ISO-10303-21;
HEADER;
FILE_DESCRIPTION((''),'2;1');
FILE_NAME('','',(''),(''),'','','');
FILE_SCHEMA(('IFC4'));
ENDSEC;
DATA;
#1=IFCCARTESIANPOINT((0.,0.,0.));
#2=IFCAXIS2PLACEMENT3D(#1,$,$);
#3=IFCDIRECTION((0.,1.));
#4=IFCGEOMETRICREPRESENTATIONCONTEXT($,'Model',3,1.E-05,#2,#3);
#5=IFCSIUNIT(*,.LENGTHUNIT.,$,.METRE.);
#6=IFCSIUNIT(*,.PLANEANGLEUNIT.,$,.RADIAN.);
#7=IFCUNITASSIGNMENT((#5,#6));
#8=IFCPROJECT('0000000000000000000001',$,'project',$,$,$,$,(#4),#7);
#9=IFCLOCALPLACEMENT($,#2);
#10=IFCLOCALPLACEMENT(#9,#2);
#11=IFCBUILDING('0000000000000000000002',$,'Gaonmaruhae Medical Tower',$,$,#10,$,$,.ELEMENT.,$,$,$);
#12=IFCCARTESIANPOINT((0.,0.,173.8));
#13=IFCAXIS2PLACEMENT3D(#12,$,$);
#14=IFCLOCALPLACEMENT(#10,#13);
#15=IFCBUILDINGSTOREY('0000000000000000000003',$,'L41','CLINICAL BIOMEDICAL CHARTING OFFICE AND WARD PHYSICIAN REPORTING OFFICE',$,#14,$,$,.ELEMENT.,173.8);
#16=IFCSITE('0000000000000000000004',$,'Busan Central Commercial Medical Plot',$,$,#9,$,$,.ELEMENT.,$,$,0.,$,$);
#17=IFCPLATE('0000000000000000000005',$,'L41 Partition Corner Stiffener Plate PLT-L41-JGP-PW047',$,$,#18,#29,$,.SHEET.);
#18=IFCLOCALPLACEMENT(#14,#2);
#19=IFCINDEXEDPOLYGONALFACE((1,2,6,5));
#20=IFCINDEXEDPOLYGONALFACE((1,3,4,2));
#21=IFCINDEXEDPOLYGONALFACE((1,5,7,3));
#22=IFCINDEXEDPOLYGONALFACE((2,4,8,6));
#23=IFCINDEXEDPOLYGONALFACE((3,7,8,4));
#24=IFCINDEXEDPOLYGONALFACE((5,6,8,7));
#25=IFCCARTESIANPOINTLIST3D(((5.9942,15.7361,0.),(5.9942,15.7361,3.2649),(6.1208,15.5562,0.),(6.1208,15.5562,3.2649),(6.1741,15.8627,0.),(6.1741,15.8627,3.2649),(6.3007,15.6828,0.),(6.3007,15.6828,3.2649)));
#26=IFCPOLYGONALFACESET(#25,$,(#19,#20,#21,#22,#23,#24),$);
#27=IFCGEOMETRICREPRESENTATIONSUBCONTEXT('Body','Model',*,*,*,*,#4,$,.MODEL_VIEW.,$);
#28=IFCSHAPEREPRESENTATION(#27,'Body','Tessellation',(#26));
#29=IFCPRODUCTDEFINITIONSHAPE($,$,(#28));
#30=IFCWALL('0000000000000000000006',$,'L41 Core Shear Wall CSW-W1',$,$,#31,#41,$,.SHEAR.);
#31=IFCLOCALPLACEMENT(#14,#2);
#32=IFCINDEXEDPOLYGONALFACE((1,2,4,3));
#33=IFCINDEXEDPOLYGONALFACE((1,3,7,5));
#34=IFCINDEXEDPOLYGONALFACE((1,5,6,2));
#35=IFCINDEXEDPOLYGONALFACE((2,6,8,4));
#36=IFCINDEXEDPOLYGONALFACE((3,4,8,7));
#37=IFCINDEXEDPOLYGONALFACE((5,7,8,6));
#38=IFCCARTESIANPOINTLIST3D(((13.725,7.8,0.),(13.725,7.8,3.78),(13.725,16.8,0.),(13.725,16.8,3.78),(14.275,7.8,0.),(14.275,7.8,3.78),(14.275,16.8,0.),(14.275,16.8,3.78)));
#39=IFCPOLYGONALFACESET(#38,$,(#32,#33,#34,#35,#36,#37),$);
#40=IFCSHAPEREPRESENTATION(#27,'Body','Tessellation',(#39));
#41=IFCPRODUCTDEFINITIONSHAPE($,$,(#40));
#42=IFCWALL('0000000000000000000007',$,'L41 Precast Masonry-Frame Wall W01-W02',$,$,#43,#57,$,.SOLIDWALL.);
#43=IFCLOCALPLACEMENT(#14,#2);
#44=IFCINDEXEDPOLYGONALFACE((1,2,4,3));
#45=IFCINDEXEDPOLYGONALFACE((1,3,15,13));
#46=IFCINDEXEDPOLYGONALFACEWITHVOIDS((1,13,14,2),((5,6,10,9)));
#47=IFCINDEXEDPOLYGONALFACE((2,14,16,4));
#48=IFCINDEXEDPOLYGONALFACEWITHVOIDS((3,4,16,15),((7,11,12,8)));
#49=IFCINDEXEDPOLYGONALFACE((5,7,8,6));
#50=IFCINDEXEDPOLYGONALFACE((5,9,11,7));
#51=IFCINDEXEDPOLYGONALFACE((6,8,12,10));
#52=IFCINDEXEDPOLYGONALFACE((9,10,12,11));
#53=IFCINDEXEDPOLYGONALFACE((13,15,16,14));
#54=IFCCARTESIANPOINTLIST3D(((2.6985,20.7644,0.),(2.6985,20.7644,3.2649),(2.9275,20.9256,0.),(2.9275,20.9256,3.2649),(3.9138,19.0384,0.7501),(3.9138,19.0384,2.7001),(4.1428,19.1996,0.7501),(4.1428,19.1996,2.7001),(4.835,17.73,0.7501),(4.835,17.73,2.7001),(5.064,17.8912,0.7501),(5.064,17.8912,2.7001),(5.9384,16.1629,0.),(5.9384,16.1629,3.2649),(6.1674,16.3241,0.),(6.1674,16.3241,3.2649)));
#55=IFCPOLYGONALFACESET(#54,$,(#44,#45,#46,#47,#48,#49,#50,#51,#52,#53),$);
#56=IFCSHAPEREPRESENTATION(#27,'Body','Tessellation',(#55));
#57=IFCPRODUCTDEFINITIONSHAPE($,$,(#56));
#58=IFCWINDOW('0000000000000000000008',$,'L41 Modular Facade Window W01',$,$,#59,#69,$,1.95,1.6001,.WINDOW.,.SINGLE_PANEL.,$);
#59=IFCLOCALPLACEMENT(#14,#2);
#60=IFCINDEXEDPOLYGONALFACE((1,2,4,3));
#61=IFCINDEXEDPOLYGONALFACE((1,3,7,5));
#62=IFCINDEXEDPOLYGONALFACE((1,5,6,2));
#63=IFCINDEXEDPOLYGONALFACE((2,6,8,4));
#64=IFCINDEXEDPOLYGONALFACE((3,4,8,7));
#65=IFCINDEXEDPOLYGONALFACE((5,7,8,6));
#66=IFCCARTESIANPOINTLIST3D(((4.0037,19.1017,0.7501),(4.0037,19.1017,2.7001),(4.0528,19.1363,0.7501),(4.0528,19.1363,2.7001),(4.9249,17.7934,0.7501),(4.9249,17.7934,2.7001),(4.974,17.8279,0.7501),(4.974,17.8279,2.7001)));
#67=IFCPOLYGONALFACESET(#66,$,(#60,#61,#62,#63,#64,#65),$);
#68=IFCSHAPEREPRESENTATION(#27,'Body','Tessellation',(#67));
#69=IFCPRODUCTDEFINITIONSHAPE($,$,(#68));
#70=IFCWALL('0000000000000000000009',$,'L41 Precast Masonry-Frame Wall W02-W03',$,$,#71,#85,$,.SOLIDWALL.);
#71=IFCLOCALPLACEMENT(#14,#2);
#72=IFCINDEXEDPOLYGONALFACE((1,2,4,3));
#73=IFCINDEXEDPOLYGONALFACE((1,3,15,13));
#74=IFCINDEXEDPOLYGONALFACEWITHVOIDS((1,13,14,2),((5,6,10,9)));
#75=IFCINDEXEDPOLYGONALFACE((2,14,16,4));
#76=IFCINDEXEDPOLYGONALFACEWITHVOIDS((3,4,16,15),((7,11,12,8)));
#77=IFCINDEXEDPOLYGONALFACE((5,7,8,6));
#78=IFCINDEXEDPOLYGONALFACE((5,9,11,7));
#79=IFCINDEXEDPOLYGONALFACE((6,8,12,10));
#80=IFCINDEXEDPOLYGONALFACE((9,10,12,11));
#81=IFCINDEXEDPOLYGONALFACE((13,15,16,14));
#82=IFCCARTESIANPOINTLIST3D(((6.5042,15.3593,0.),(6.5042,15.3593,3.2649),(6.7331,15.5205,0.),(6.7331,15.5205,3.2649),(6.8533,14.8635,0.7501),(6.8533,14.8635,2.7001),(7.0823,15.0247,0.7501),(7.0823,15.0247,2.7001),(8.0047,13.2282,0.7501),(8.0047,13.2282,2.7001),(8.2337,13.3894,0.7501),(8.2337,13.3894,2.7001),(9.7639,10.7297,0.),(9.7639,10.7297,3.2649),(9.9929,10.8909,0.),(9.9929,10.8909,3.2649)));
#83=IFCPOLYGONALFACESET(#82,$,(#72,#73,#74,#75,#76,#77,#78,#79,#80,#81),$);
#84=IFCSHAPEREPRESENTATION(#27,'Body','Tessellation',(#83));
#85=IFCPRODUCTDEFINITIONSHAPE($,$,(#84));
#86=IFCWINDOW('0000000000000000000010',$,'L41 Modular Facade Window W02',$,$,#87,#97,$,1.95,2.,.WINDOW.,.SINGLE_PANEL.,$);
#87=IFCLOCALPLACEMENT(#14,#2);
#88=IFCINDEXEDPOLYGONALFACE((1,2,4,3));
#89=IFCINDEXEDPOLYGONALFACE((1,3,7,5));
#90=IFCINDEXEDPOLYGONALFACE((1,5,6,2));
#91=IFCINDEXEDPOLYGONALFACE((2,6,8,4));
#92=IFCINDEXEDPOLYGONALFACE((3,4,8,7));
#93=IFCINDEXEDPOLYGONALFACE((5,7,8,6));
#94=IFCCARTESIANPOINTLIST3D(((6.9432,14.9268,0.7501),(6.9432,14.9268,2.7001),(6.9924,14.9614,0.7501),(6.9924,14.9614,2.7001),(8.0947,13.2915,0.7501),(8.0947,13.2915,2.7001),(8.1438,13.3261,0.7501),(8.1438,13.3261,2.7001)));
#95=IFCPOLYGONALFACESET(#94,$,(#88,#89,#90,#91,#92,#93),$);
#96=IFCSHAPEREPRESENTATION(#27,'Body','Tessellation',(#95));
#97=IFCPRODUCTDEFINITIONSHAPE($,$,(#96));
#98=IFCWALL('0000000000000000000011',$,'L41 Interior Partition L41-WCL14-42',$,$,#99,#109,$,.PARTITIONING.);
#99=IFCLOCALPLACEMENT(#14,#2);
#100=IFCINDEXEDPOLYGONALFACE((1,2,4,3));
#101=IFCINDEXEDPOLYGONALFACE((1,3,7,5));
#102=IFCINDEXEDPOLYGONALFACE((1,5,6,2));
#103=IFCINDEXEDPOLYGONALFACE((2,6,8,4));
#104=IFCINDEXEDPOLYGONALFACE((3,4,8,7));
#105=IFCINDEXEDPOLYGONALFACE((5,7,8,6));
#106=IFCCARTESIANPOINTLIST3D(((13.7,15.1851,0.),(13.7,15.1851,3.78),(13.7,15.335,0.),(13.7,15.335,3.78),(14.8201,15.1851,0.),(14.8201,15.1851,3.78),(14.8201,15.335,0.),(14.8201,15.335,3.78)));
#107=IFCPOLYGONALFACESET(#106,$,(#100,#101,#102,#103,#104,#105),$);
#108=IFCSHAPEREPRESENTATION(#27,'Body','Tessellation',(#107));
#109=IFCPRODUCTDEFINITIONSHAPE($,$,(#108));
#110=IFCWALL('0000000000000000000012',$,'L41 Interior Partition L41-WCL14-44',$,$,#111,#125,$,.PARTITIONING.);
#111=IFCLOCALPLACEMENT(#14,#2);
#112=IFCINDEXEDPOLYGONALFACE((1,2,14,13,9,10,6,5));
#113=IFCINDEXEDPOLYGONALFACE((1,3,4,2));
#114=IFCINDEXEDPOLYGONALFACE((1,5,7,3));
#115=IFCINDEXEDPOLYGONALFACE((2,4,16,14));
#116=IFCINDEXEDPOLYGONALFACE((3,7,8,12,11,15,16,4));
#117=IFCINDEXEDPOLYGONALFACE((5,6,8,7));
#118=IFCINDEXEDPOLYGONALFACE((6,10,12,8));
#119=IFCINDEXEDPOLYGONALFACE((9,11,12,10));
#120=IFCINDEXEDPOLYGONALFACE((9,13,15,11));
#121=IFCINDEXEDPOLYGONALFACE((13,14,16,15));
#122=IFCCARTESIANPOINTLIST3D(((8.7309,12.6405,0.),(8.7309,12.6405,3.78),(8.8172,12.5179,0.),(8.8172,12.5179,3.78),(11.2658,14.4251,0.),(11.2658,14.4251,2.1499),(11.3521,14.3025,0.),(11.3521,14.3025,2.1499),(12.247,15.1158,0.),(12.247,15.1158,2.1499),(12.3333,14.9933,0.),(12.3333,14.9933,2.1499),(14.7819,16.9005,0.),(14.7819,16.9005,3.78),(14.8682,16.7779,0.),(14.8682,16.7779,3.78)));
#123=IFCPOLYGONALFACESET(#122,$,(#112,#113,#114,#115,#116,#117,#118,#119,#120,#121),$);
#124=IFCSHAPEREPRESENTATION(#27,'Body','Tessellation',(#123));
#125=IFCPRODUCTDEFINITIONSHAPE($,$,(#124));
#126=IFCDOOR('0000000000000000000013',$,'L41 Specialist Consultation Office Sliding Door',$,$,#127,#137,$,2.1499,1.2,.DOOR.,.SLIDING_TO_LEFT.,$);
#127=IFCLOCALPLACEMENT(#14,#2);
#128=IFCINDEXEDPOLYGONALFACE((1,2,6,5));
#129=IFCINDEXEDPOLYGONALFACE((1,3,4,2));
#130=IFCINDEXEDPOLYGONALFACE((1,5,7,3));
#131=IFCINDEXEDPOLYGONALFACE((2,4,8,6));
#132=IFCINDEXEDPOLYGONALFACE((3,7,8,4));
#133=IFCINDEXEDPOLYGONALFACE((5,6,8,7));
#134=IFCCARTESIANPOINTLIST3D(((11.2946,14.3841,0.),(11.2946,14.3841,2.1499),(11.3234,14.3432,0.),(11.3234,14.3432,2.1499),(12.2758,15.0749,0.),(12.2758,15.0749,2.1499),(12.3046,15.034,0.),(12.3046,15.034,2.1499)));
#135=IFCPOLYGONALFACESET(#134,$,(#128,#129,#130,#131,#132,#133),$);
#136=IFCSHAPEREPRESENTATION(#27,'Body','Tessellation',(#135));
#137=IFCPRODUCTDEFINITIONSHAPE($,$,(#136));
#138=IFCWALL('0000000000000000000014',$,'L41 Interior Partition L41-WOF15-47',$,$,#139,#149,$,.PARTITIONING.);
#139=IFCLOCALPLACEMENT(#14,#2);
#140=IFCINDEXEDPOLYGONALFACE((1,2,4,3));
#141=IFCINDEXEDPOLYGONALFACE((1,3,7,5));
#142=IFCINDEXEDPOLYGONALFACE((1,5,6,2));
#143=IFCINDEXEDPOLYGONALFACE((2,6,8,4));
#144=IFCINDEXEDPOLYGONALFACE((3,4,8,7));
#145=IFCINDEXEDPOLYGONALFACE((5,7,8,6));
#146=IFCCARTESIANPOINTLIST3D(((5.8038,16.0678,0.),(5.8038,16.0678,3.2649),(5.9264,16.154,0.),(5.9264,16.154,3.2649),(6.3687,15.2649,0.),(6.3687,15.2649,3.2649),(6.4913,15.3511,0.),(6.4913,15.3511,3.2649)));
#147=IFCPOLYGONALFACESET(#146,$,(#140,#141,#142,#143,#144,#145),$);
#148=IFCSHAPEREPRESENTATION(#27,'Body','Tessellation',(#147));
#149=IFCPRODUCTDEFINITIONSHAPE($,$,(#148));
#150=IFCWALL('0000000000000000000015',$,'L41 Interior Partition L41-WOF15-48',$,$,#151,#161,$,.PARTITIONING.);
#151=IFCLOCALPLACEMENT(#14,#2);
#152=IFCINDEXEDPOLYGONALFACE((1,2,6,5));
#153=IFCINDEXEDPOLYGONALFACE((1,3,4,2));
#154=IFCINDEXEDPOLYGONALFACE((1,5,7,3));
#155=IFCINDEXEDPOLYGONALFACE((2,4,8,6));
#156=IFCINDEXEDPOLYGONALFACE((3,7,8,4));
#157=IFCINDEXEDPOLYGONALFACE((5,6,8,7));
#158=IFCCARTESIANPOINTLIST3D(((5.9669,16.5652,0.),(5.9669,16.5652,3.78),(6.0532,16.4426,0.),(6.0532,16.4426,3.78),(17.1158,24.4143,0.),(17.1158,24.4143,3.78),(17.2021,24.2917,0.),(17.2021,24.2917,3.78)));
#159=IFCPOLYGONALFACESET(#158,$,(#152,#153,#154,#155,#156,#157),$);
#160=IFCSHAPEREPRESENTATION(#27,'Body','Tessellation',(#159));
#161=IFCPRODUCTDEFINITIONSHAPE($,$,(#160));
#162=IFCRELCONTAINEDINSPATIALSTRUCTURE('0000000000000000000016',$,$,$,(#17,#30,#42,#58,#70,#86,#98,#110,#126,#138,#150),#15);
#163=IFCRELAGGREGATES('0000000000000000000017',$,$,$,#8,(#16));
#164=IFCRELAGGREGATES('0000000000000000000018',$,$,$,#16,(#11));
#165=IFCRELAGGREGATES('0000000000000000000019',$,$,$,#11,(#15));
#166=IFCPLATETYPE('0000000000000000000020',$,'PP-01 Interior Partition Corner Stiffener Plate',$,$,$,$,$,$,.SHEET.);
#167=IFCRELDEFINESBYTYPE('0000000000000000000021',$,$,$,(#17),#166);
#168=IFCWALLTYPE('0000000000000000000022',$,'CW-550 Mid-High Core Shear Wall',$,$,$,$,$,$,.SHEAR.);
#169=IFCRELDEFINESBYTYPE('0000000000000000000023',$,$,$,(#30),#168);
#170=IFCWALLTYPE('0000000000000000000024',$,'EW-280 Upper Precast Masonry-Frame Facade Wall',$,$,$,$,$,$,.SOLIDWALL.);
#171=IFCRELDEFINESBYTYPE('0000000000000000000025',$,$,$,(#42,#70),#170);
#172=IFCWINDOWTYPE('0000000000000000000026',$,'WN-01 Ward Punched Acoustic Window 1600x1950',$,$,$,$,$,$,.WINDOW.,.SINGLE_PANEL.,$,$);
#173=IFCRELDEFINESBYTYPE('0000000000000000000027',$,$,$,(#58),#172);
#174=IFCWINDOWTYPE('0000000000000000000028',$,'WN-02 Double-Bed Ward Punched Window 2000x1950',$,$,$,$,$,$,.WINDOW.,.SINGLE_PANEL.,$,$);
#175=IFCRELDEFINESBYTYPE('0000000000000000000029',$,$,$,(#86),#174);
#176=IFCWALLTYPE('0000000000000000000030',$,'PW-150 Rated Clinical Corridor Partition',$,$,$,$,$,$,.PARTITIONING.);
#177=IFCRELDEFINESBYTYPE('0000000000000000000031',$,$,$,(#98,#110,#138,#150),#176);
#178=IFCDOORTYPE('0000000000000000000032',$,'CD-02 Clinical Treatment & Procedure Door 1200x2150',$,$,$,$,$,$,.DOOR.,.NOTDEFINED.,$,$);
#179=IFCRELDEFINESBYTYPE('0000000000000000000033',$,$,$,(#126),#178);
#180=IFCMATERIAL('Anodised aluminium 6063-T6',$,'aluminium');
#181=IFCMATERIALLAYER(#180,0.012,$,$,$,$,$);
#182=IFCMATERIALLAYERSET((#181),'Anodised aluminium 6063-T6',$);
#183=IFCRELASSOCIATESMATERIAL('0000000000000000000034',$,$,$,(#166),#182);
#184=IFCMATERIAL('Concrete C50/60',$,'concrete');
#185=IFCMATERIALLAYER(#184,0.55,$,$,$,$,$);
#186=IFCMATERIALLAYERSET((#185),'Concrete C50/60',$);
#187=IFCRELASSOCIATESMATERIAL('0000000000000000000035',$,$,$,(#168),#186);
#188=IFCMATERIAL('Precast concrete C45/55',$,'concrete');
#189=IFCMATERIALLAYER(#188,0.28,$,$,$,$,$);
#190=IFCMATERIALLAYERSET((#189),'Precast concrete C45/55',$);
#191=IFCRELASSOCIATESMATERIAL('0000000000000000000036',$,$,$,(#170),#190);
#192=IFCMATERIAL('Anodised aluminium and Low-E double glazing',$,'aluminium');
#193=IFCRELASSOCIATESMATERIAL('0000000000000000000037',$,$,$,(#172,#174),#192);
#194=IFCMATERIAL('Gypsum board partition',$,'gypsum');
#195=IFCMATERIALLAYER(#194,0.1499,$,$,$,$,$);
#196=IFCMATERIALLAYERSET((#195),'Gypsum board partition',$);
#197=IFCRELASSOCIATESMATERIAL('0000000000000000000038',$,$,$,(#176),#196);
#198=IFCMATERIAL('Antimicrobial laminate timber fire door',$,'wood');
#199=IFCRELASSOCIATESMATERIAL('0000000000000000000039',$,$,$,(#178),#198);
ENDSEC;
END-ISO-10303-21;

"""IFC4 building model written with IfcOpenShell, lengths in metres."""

from ifc_helpers import new_model, si_unit, direction, frame, frame_2d, origin, origin_2d, place, context, subcontext, project, spatial, rectangle, extrude, material, layer, layer_set, type_object, element, fill, save


model = new_model("IFC4")

# Units and contexts
model_context = context("Model", 3, precision=1e-05, world=origin(), true_north=direction((0.0, 1.0)))
body_context = subcontext(model_context, "Body", "Model", "MODEL_VIEW")
ifc_project = project(units=[si_unit("LENGTHUNIT", "METRE"), si_unit("PLANEANGLEUNIT", "RADIAN")], contexts=[model_context])

# Site, building, storey
site_placement = place(None, origin())
site = spatial("IfcSite", under=ifc_project, at=site_placement, Name="Busan Central Commercial Medical Plot", CompositionType="ELEMENT", RefElevation=0.0)
building_placement = place(site_placement, origin())
building = spatial("IfcBuilding", under=site, at=building_placement, Name="Gaonmaruhae Medical Tower", CompositionType="ELEMENT")
storey_placement = place(building_placement, frame((0.0, 0.0, 173.8)))
storey = spatial("IfcBuildingStorey", under=building, at=storey_placement, Name="L41", Description="CLINICAL BIOMEDICAL CHARTING OFFICE AND WARD PHYSICIAN REPORTING OFFICE", CompositionType="ELEMENT", Elevation=173.8)

# Shared definitions
ifc_material_1 = material(Name="Concrete C50/60", Category="concrete")

# Plate
ifc_material_2 = material(Name="Anodised aluminium 6063-T6", Category="aluminium")
ifc_layer_1 = layer(ifc_material_2, 0.012)
ifc_layer_set_1 = layer_set([ifc_layer_1], Name="Anodised aluminium 6063-T6")
plate_type = type_object("IfcPlateType", Name="PP-01 Interior Partition Corner Stiffener Plate", PredefinedType="SHEET", material=ifc_layer_set_1)
plate_placement = place(storey_placement, frame((6.1475, 15.7095, 0.0), z_axis=(0.0, 0.0, 1.0), x_axis=(-0.575448, 0.817838, 0.0)))
element("IfcPlate", 1, at=plate_placement, inside=storey, type_object=plate_type, Name="L41 Partition Corner Stiffener Plate PLT-L41-JGP-PW047", PredefinedType="SHEET", context=body_context, shape_type="SweptSolid", body=[
    extrude(rectangle(XDim=0.22, YDim=0.22, at=origin_2d()), origin(), (0.0, 0.0, 1.0), 3.2649),
])

# Wall
ifc_layer_2 = layer(ifc_material_1, 0.55)
ifc_layer_set_2 = layer_set([ifc_layer_2], Name="Concrete C50/60")
wall_type_1 = type_object("IfcWallType", Name="CW-550 Mid-High Core Shear Wall", PredefinedType="SHEAR", material=ifc_layer_set_2)
wall_1_placement = place(storey_placement, frame((14.0, 16.8, 0.0), z_axis=(0.0, 0.0, 1.0), x_axis=(0.0, -1.0, 0.0)))
element("IfcWall", 2, at=wall_1_placement, inside=storey, type_object=wall_type_1, Name="L41 Core Shear Wall CSW-W1", PredefinedType="SHEAR", context=body_context, shape_type="SweptSolid", body=[
    extrude(rectangle(XDim=9.0, YDim=0.55, at=frame_2d((4.5, 0.0))), origin(), (0.0, 0.0, 1.0), 3.78),
])

# Walls, openings, windows
ifc_material_3 = material(Name="Precast concrete C45/55", Category="concrete")
ifc_layer_3 = layer(ifc_material_3, 0.28)
ifc_layer_set_3 = layer_set([ifc_layer_3], Name="Precast concrete C45/55")
wall_type_2 = type_object("IfcWallType", Name="EW-280 Upper Precast Masonry-Frame Facade Wall", PredefinedType="SOLIDWALL", material=ifc_layer_set_3)
wall_2_placement = place(storey_placement, frame((6.053, 16.2434, 0.0), z_axis=(0.0, 0.0, 1.0), x_axis=(-0.575714, 0.817651, 0.0)))
wall_2 = element("IfcWall", 3, at=wall_2_placement, inside=storey, type_object=wall_type_2, Name="L41 Precast Masonry-Frame Wall W01-W02", PredefinedType="SOLIDWALL", context=body_context, shape_type="SweptSolid", body=[
    extrude(rectangle(XDim=5.6277, YDim=0.28, at=frame_2d((2.814, 0.0))), origin(), (0.0, 0.0, 1.0), 3.2649),
])
opening_1_placement = place(wall_2_placement, frame((1.9167, 0.0, 0.75)))
opening_1 = element("IfcOpeningElement", 4, at=opening_1_placement, cuts=wall_2, PredefinedType="OPENING", context=body_context, shape_type="SweptSolid", body=[
    extrude(rectangle(XDim=1.6001, YDim=1.95, at=frame_2d((0.8, 0.9751))), frame((0.0, 0.1499, 0.0), z_axis=(0.0, -1.0, 0.0), x_axis=(1.0, 0.0, 0.0)), (0.0, 0.0, 1.0), 0.3),
])
ifc_material_4 = material(Name="Anodised aluminium and Low-E double glazing", Category="aluminium")
window_type_1 = type_object("IfcWindowType", Name="WN-01 Ward Punched Acoustic Window 1600x1950", PartitioningType="SINGLE_PANEL", PredefinedType="WINDOW", material=ifc_material_4)
window_1_placement = place(opening_1_placement, origin())
window_1 = element("IfcWindow", 5, at=window_1_placement, inside=storey, type_object=window_type_1, Name="L41 Modular Facade Window W01", OverallHeight=1.95, OverallWidth=1.6001, PartitioningType="SINGLE_PANEL", PredefinedType="WINDOW", context=body_context, shape_type="SweptSolid", body=[
    extrude(rectangle(XDim=1.6001, YDim=1.95, at=frame_2d((0.8, 0.9751))), frame((0.0, 0.03, 0.0), z_axis=(0.0, -1.0, 0.0), x_axis=(1.0, 0.0, 0.0)), (0.0, 0.0, 1.0), 0.0601),
])
fill(opening_1, window_1)
wall_3_placement = place(storey_placement, frame((9.8784, 10.8103, 0.0), z_axis=(0.0, 0.0, 1.0), x_axis=(-0.575714, 0.817651, 0.0)))
wall_3 = element("IfcWall", 6, at=wall_3_placement, inside=storey, type_object=wall_type_2, Name="L41 Precast Masonry-Frame Wall W02-W03", PredefinedType="SOLIDWALL", context=body_context, shape_type="SweptSolid", body=[
    extrude(rectangle(XDim=5.6621, YDim=0.28, at=frame_2d((2.8311, 0.0))), origin(), (0.0, 0.0, 1.0), 3.2649),
])
opening_2_placement = place(wall_3_placement, frame((3.0557, 0.0, 0.75)))
opening_2 = element("IfcOpeningElement", 7, at=opening_2_placement, cuts=wall_3, PredefinedType="OPENING", context=body_context, shape_type="SweptSolid", body=[
    extrude(rectangle(XDim=2.0, YDim=1.95, at=frame_2d((1.0, 0.9751))), frame((0.0, 0.1499, 0.0), z_axis=(0.0, -1.0, 0.0), x_axis=(1.0, 0.0, 0.0)), (0.0, 0.0, 1.0), 0.3),
])
window_type_2 = type_object("IfcWindowType", Name="WN-02 Double-Bed Ward Punched Window 2000x1950", PartitioningType="SINGLE_PANEL", PredefinedType="WINDOW", material=ifc_material_4)
window_2_placement = place(opening_2_placement, origin())
window_2 = element("IfcWindow", 8, at=window_2_placement, inside=storey, type_object=window_type_2, Name="L41 Modular Facade Window W02", OverallHeight=1.95, OverallWidth=2.0, PartitioningType="SINGLE_PANEL", PredefinedType="WINDOW", context=body_context, shape_type="SweptSolid", body=[
    extrude(rectangle(XDim=2.0, YDim=1.95, at=frame_2d((1.0, 0.9751))), frame((0.0, 0.03, 0.0), z_axis=(0.0, -1.0, 0.0), x_axis=(1.0, 0.0, 0.0)), (0.0, 0.0, 1.0), 0.0601),
])
fill(opening_2, window_2)

# Wall
ifc_material_5 = material(Name="Gypsum board partition", Category="gypsum")
ifc_layer_4 = layer(ifc_material_5, 0.1499)
ifc_layer_set_4 = layer_set([ifc_layer_4], Name="Gypsum board partition")
wall_type_3 = type_object("IfcWallType", Name="PW-150 Rated Clinical Corridor Partition", PredefinedType="PARTITIONING", material=ifc_layer_set_4)
wall_4_placement = place(storey_placement, frame((14.8201, 15.26, 0.0), z_axis=(0.0, 0.0, 1.0), x_axis=(-1.0, 0.0, 0.0)))
element("IfcWall", 9, at=wall_4_placement, inside=storey, type_object=wall_type_3, Name="L41 Interior Partition L41-WCL14-42", PredefinedType="PARTITIONING", context=body_context, shape_type="SweptSolid", body=[
    extrude(rectangle(XDim=1.1201, YDim=0.1499, at=frame_2d((0.5601, 0.0))), origin(), (0.0, 0.0, 1.0), 3.78),
])

# Wall, opening, door
wall_5_placement = place(storey_placement, frame((8.7739, 12.5791, 0.0), z_axis=(0.0, 0.0, 1.0), x_axis=(0.817687, 0.575663, 0.0)))
wall_5 = element("IfcWall", 10, at=wall_5_placement, inside=storey, type_object=wall_type_3, Name="L41 Interior Partition L41-WCL14-44", PredefinedType="PARTITIONING", context=body_context, shape_type="SweptSolid", body=[
    extrude(rectangle(XDim=7.4001, YDim=0.1499, at=frame_2d((3.7002, 0.0))), origin(), (0.0, 0.0, 1.0), 3.78),
])
opening_3_placement = place(wall_5_placement, frame((3.1001, 0.0, 0.0)))
opening_3 = element("IfcOpeningElement", 11, at=opening_3_placement, cuts=wall_5, PredefinedType="OPENING", context=body_context, shape_type="SweptSolid", body=[
    extrude(rectangle(XDim=1.2, YDim=2.1499, at=frame_2d((0.6001, 1.075))), frame((0.0, 0.085, 0.0), z_axis=(0.0, -1.0, 0.0), x_axis=(1.0, 0.0, 0.0)), (0.0, 0.0, 1.0), 0.1699),
])
ifc_material_6 = material(Name="Antimicrobial laminate timber fire door", Category="wood")
door_type_1 = type_object("IfcDoorType", Name="CD-02 Clinical Treatment & Procedure Door 1200x2150", OperationType="NOTDEFINED", PredefinedType="DOOR", material=ifc_material_6)
door_1_placement = place(opening_3_placement, origin())
door_1 = element("IfcDoor", 12, at=door_1_placement, inside=storey, type_object=door_type_1, Name="L41 Specialist Consultation Office Sliding Door", OperationType="SLIDING_TO_LEFT", OverallHeight=2.1499, OverallWidth=1.2, PredefinedType="DOOR", context=body_context, shape_type="SweptSolid", body=[
    extrude(rectangle(XDim=1.2, YDim=2.1499, at=frame_2d((0.6001, 1.075))), frame((0.0, 0.0249, 0.0), z_axis=(0.0, -1.0, 0.0), x_axis=(1.0, 0.0, 0.0)), (0.0, 0.0, 1.0), 0.05),
])
fill(opening_3, door_1)

# Walls
wall_6_placement = place(storey_placement, frame((6.4299, 15.3081, 0.0), z_axis=(0.0, 0.0, 1.0), x_axis=(-0.575413, 0.817863, 0.0)))
element("IfcWall", 13, at=wall_6_placement, inside=storey, type_object=wall_type_3, Name="L41 Interior Partition L41-WOF15-47", PredefinedType="PARTITIONING", context=body_context, shape_type="SweptSolid", body=[
    extrude(rectangle(XDim=0.9817, YDim=0.1499, at=frame_2d((0.4907, 0.0))), origin(), (0.0, 0.0, 1.0), 3.2649),
])
wall_7_placement = place(storey_placement, frame((6.01, 16.5039, 0.0), z_axis=(0.0, 0.0, 1.0), x_axis=(0.817683, 0.575669, 0.0)))
element("IfcWall", 14, at=wall_7_placement, inside=storey, type_object=wall_type_3, Name="L41 Interior Partition L41-WOF15-48", PredefinedType="PARTITIONING", context=body_context, shape_type="SweptSolid", body=[
    extrude(rectangle(XDim=13.6348, YDim=0.1499, at=frame_2d((6.8174, 0.0))), origin(), (0.0, 0.0, 1.0), 3.78),
])

save(model, "model.ifc")
